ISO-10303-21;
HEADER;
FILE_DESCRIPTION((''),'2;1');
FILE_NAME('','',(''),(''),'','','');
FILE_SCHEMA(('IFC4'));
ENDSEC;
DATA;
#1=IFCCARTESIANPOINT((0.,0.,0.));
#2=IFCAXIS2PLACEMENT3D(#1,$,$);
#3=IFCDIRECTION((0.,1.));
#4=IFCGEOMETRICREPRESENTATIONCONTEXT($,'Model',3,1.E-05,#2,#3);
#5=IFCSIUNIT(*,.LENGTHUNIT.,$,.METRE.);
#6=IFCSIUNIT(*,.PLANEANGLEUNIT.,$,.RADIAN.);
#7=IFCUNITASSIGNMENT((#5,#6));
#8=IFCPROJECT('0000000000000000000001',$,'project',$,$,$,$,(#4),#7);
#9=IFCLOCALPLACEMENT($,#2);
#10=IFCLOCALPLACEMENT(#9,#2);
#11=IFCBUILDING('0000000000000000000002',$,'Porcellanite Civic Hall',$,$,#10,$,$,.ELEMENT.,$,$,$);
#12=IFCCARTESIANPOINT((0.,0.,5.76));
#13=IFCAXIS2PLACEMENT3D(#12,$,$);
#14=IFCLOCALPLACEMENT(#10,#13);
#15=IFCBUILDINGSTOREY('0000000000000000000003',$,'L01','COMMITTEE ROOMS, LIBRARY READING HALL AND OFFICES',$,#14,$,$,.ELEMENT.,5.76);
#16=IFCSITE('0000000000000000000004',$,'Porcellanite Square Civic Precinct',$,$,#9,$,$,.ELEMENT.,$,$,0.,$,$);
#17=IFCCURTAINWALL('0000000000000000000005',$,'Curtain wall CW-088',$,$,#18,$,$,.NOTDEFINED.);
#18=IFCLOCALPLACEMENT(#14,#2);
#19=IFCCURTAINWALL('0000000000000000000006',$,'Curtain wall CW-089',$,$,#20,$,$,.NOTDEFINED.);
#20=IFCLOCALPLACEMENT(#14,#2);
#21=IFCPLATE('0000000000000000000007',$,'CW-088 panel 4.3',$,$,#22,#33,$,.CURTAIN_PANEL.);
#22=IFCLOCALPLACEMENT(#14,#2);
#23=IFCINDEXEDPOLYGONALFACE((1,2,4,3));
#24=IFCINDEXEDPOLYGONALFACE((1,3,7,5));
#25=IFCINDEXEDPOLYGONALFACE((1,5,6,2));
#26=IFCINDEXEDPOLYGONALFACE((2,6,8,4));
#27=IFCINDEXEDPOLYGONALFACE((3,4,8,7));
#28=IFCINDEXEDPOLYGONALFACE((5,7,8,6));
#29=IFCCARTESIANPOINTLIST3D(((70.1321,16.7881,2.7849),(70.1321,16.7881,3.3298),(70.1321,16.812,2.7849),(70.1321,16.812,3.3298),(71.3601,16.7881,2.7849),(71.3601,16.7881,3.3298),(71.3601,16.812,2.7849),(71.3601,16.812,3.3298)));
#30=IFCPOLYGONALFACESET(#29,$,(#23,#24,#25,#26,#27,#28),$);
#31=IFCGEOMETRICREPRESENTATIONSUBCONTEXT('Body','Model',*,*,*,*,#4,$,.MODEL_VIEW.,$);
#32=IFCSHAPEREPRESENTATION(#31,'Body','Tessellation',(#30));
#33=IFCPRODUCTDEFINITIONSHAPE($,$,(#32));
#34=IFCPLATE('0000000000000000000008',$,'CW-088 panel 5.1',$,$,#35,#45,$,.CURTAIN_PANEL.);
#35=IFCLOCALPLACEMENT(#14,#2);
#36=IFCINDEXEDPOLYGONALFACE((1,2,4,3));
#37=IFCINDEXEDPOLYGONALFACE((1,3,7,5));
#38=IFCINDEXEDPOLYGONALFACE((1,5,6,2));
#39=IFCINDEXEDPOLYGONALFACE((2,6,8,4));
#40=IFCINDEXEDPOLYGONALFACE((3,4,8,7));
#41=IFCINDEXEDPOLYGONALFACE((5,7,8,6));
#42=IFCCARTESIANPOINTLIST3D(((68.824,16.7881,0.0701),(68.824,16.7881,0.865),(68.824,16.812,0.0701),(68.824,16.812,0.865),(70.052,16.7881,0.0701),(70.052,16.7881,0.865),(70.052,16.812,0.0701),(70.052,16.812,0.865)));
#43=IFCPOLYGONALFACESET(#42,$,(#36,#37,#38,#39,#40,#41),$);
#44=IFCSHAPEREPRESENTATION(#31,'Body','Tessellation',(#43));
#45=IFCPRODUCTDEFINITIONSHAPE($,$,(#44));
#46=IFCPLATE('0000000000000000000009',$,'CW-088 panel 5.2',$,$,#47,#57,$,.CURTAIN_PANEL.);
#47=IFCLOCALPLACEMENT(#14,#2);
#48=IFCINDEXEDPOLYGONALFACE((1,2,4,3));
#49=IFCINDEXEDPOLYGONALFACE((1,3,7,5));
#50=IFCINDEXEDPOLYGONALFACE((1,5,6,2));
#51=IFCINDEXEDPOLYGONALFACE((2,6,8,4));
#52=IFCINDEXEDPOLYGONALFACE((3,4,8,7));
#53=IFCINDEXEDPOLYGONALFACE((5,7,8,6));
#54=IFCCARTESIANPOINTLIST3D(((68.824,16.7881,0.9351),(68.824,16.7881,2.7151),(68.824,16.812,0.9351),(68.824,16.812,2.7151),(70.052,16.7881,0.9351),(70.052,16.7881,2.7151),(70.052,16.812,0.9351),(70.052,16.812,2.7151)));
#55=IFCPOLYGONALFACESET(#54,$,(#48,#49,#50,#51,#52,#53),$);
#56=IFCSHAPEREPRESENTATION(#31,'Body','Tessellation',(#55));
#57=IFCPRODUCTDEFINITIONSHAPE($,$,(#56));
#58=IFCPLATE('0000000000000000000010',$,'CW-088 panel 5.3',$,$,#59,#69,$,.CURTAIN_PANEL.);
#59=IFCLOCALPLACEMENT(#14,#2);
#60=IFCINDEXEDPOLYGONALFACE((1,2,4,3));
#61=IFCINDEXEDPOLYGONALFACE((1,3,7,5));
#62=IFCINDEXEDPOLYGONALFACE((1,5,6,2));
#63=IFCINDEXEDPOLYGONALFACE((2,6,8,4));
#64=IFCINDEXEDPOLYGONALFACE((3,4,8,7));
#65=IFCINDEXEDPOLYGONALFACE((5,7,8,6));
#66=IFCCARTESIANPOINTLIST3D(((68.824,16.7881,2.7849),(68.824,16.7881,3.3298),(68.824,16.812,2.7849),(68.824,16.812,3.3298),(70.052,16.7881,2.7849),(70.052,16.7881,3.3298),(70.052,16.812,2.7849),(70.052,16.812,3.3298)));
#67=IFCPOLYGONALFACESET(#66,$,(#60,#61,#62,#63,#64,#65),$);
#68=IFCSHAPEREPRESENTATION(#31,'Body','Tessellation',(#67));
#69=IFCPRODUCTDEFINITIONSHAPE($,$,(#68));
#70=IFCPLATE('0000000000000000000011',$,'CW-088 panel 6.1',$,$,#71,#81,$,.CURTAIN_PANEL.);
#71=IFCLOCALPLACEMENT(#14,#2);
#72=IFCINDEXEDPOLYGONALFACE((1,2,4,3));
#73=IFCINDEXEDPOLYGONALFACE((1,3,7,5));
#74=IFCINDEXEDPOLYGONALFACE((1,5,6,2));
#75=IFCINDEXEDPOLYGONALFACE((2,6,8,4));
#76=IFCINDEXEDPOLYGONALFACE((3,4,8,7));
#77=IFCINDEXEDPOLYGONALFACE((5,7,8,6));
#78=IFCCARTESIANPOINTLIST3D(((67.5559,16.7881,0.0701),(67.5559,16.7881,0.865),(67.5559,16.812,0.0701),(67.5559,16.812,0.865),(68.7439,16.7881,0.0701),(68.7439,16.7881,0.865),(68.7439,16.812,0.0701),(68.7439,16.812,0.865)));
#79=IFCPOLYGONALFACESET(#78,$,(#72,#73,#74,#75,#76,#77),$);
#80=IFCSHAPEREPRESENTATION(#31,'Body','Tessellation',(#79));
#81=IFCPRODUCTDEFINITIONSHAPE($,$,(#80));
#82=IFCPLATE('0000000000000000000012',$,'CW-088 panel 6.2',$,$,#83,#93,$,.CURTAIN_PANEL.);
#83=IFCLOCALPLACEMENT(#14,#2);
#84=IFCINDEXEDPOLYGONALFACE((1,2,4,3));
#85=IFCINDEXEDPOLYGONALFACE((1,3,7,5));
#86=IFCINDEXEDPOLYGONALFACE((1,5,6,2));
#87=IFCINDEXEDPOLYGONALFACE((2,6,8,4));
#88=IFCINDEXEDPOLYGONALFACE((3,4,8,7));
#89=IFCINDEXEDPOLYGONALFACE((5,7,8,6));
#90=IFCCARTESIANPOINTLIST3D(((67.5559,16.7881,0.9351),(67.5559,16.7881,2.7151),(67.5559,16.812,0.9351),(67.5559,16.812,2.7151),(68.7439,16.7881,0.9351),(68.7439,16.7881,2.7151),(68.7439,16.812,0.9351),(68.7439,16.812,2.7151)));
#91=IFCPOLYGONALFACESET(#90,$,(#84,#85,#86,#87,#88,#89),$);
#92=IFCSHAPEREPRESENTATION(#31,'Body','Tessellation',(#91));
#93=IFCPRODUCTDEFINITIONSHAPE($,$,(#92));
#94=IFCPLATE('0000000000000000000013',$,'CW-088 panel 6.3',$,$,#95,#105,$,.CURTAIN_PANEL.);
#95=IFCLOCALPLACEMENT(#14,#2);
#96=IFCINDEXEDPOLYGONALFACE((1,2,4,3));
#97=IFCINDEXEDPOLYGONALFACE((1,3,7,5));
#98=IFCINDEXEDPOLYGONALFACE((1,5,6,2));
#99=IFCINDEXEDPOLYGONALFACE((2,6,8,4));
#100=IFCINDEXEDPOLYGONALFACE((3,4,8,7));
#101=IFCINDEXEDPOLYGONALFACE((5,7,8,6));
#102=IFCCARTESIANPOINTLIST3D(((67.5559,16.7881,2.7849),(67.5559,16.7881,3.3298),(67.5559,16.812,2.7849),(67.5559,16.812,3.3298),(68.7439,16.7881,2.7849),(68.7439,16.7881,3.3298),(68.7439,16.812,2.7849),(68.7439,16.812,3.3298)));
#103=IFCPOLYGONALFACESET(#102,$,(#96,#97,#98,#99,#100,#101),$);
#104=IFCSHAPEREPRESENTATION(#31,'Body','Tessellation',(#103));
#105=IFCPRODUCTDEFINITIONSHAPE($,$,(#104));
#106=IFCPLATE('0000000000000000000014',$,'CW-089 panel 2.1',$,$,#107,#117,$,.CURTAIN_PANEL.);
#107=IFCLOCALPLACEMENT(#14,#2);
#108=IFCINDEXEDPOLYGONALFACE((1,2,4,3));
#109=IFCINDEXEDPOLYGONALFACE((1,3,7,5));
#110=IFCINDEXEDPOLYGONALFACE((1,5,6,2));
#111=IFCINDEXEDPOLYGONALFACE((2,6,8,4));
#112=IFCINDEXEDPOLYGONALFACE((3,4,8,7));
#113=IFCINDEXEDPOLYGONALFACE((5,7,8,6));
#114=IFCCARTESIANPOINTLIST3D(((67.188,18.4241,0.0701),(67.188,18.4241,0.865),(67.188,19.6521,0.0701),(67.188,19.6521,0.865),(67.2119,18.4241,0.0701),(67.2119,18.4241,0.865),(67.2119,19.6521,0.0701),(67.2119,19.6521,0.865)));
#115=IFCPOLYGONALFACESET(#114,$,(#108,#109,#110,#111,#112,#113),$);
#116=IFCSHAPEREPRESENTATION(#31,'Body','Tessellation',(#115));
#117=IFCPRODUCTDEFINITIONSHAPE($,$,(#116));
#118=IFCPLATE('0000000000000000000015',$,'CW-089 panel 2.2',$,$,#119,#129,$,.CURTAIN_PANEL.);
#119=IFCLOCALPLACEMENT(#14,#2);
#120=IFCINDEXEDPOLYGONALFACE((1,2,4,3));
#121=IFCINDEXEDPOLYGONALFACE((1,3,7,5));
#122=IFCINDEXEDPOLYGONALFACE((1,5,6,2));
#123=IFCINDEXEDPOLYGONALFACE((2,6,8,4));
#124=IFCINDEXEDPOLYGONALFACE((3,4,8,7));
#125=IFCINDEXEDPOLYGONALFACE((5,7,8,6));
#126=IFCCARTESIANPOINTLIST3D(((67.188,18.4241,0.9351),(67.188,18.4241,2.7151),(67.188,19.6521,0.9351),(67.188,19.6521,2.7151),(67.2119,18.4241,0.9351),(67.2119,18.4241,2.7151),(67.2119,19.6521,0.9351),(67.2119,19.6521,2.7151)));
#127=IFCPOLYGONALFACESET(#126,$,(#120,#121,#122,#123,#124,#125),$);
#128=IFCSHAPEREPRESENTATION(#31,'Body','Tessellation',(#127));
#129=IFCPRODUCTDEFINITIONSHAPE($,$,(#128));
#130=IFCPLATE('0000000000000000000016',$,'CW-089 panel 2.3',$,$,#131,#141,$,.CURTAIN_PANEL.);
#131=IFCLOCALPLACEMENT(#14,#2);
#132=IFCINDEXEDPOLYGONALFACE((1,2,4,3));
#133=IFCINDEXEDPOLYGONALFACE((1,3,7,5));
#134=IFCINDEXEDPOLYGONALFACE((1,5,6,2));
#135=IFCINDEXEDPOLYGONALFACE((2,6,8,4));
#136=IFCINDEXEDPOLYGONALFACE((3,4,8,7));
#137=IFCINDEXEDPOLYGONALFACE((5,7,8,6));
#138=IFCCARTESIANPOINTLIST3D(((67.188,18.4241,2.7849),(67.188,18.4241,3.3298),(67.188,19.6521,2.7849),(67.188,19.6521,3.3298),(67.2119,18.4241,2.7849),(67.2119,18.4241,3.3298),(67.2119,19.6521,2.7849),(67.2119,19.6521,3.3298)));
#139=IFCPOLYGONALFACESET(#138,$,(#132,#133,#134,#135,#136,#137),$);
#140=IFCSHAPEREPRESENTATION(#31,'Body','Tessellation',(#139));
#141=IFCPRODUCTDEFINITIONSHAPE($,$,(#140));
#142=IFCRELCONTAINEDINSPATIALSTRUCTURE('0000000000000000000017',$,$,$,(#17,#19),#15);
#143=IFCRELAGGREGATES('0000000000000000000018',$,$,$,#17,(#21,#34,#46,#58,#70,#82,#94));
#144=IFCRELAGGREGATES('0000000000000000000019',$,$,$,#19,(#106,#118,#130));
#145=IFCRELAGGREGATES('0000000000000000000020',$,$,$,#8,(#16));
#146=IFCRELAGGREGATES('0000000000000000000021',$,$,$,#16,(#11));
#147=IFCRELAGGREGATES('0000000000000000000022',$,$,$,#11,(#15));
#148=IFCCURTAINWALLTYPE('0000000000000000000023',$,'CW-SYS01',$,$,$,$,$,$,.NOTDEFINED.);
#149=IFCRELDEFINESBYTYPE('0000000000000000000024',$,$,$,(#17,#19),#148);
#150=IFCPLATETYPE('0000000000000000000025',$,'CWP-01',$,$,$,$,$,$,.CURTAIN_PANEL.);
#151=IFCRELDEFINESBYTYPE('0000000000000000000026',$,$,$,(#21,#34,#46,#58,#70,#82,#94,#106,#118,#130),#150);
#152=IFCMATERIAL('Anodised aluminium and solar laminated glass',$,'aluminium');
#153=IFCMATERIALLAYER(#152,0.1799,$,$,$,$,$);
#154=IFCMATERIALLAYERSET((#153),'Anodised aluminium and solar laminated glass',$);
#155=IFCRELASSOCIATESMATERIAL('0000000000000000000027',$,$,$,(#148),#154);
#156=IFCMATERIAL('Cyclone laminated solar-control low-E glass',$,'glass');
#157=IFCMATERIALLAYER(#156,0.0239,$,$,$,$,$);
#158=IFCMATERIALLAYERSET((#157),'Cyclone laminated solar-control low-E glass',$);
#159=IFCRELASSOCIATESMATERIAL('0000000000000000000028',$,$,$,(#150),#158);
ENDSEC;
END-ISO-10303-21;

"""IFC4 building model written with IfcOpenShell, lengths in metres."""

from ifc_helpers import new_model, si_unit, direction, frame, origin, origin_2d, place, context, subcontext, project, spatial, rectangle, extrude, material, layer, layer_set, type_object, element, aggregate, save


model = new_model("IFC4")

# Units and contexts
model_context = context("Model", 3, precision=1e-05, world=origin(), true_north=direction((0.0, 1.0)))
body_context = subcontext(model_context, "Body", "Model", "MODEL_VIEW")
ifc_project = project(units=[si_unit("LENGTHUNIT", "METRE"), si_unit("PLANEANGLEUNIT", "RADIAN")], contexts=[model_context])

# Site, building, storey
site_placement = place(None, origin())
site = spatial("IfcSite", under=ifc_project, at=site_placement, Name="Porcellanite Square Civic Precinct", CompositionType="ELEMENT", RefElevation=0.0)
building_placement = place(site_placement, origin())
building = spatial("IfcBuilding", under=site, at=building_placement, Name="Porcellanite Civic Hall", CompositionType="ELEMENT")
storey_placement = place(building_placement, frame((0.0, 0.0, 5.76)))
storey = spatial("IfcBuildingStorey", under=building, at=storey_placement, Name="L01", Description="COMMITTEE ROOMS, LIBRARY READING HALL AND OFFICES", CompositionType="ELEMENT", Elevation=5.76)

# Curtain walls
ifc_material_1 = material(Name="Anodised aluminium and solar laminated glass", Category="aluminium")
ifc_layer_1 = layer(ifc_material_1, 0.1799)
ifc_layer_set_1 = layer_set([ifc_layer_1], Name="Anodised aluminium and solar laminated glass")
curtain_wall_type = type_object("IfcCurtainWallType", Name="CW-SYS01", PredefinedType="NOTDEFINED", material=ifc_layer_set_1)
curtain_wall_1_placement = place(storey_placement, origin())
curtain_wall_1 = element("IfcCurtainWall", 1, at=curtain_wall_1_placement, inside=storey, type_object=curtain_wall_type, Name="Curtain wall CW-088", PredefinedType="NOTDEFINED")
curtain_wall_2_placement = place(storey_placement, origin())
curtain_wall_2 = element("IfcCurtainWall", 2, at=curtain_wall_2_placement, inside=storey, type_object=curtain_wall_type, Name="Curtain wall CW-089", PredefinedType="NOTDEFINED")

# Plates
ifc_material_2 = material(Name="Cyclone laminated solar-control low-E glass", Category="glass")
ifc_layer_2 = layer(ifc_material_2, 0.0239)
ifc_layer_set_2 = layer_set([ifc_layer_2], Name="Cyclone laminated solar-control low-E glass")
plate_type = type_object("IfcPlateType", Name="CWP-01", PredefinedType="CURTAIN_PANEL", material=ifc_layer_set_2)
plate_1_placement = place(storey_placement, frame((70.7461, 16.8, 2.7849), z_axis=(0.0, 0.0, 1.0), x_axis=(-1.0, 0.0, 0.0)))
plate_1 = element("IfcPlate", 3, at=plate_1_placement, type_object=plate_type, Name="CW-088 panel 4.3", PredefinedType="CURTAIN_PANEL", context=body_context, shape_type="SweptSolid", body=[
    extrude(rectangle(XDim=1.228, YDim=0.0239, at=origin_2d()), origin(), (0.0, 0.0, 1.0), 0.5449),
])
plate_2_placement = place(storey_placement, frame((69.438, 16.8, 0.0701), z_axis=(0.0, 0.0, 1.0), x_axis=(-1.0, 0.0, 0.0)))
plate_2 = element("IfcPlate", 4, at=plate_2_placement, type_object=plate_type, Name="CW-088 panel 5.1", PredefinedType="CURTAIN_PANEL", context=body_context, shape_type="SweptSolid", body=[
    extrude(rectangle(XDim=1.228, YDim=0.0239, at=origin_2d()), origin(), (0.0, 0.0, 1.0), 0.7949),
])
plate_3_placement = place(storey_placement, frame((69.438, 16.8, 0.9351), z_axis=(0.0, 0.0, 1.0), x_axis=(-1.0, 0.0, 0.0)))
plate_3 = element("IfcPlate", 5, at=plate_3_placement, type_object=plate_type, Name="CW-088 panel 5.2", PredefinedType="CURTAIN_PANEL", context=body_context, shape_type="SweptSolid", body=[
    extrude(rectangle(XDim=1.228, YDim=0.0239, at=origin_2d()), origin(), (0.0, 0.0, 1.0), 1.78),
])
plate_4_placement = place(storey_placement, frame((69.438, 16.8, 2.7849), z_axis=(0.0, 0.0, 1.0), x_axis=(-1.0, 0.0, 0.0)))
plate_4 = element("IfcPlate", 6, at=plate_4_placement, type_object=plate_type, Name="CW-088 panel 5.3", PredefinedType="CURTAIN_PANEL", context=body_context, shape_type="SweptSolid", body=[
    extrude(rectangle(XDim=1.228, YDim=0.0239, at=origin_2d()), origin(), (0.0, 0.0, 1.0), 0.5449),
])
plate_5_placement = place(storey_placement, frame((68.1499, 16.8, 0.0701), z_axis=(0.0, 0.0, 1.0), x_axis=(-1.0, 0.0, 0.0)))
plate_5 = element("IfcPlate", 7, at=plate_5_placement, type_object=plate_type, Name="CW-088 panel 6.1", PredefinedType="CURTAIN_PANEL", context=body_context, shape_type="SweptSolid", body=[
    extrude(rectangle(XDim=1.188, YDim=0.0239, at=origin_2d()), origin(), (0.0, 0.0, 1.0), 0.7949),
])
plate_6_placement = place(storey_placement, frame((68.1499, 16.8, 0.9351), z_axis=(0.0, 0.0, 1.0), x_axis=(-1.0, 0.0, 0.0)))
plate_6 = element("IfcPlate", 8, at=plate_6_placement, type_object=plate_type, Name="CW-088 panel 6.2", PredefinedType="CURTAIN_PANEL", context=body_context, shape_type="SweptSolid", body=[
    extrude(rectangle(XDim=1.188, YDim=0.0239, at=origin_2d()), origin(), (0.0, 0.0, 1.0), 1.78),
])
plate_7_placement = place(storey_placement, frame((68.1499, 16.8, 2.7849), z_axis=(0.0, 0.0, 1.0), x_axis=(-1.0, 0.0, 0.0)))
plate_7 = element("IfcPlate", 9, at=plate_7_placement, type_object=plate_type, Name="CW-088 panel 6.3", PredefinedType="CURTAIN_PANEL", context=body_context, shape_type="SweptSolid", body=[
    extrude(rectangle(XDim=1.188, YDim=0.0239, at=origin_2d()), origin(), (0.0, 0.0, 1.0), 0.5449),
])
aggregate(curtain_wall_1, [plate_1, plate_2, plate_3, plate_4, plate_5, plate_6, plate_7])
plate_8_placement = place(storey_placement, frame((67.2, 19.0381, 0.0701), z_axis=(0.0, 0.0, 1.0), x_axis=(0.0, 1.0, 0.0)))
plate_8 = element("IfcPlate", 10, at=plate_8_placement, type_object=plate_type, Name="CW-089 panel 2.1", PredefinedType="CURTAIN_PANEL", context=body_context, shape_type="SweptSolid", body=[
    extrude(rectangle(XDim=1.228, YDim=0.0239, at=origin_2d()), origin(), (0.0, 0.0, 1.0), 0.7949),
])
plate_9_placement = place(storey_placement, frame((67.2, 19.0381, 0.9351), z_axis=(0.0, 0.0, 1.0), x_axis=(0.0, 1.0, 0.0)))
plate_9 = element("IfcPlate", 11, at=plate_9_placement, type_object=plate_type, Name="CW-089 panel 2.2", PredefinedType="CURTAIN_PANEL", context=body_context, shape_type="SweptSolid", body=[
    extrude(rectangle(XDim=1.228, YDim=0.0239, at=origin_2d()), origin(), (0.0, 0.0, 1.0), 1.78),
])
plate_10_placement = place(storey_placement, frame((67.2, 19.0381, 2.7849), z_axis=(0.0, 0.0, 1.0), x_axis=(0.0, 1.0, 0.0)))
plate_10 = element("IfcPlate", 12, at=plate_10_placement, type_object=plate_type, Name="CW-089 panel 2.3", PredefinedType="CURTAIN_PANEL", context=body_context, shape_type="SweptSolid", body=[
    extrude(rectangle(XDim=1.228, YDim=0.0239, at=origin_2d()), origin(), (0.0, 0.0, 1.0), 0.5449),
])
aggregate(curtain_wall_2, [plate_8, plate_9, plate_10])

save(model, "model.ifc")
